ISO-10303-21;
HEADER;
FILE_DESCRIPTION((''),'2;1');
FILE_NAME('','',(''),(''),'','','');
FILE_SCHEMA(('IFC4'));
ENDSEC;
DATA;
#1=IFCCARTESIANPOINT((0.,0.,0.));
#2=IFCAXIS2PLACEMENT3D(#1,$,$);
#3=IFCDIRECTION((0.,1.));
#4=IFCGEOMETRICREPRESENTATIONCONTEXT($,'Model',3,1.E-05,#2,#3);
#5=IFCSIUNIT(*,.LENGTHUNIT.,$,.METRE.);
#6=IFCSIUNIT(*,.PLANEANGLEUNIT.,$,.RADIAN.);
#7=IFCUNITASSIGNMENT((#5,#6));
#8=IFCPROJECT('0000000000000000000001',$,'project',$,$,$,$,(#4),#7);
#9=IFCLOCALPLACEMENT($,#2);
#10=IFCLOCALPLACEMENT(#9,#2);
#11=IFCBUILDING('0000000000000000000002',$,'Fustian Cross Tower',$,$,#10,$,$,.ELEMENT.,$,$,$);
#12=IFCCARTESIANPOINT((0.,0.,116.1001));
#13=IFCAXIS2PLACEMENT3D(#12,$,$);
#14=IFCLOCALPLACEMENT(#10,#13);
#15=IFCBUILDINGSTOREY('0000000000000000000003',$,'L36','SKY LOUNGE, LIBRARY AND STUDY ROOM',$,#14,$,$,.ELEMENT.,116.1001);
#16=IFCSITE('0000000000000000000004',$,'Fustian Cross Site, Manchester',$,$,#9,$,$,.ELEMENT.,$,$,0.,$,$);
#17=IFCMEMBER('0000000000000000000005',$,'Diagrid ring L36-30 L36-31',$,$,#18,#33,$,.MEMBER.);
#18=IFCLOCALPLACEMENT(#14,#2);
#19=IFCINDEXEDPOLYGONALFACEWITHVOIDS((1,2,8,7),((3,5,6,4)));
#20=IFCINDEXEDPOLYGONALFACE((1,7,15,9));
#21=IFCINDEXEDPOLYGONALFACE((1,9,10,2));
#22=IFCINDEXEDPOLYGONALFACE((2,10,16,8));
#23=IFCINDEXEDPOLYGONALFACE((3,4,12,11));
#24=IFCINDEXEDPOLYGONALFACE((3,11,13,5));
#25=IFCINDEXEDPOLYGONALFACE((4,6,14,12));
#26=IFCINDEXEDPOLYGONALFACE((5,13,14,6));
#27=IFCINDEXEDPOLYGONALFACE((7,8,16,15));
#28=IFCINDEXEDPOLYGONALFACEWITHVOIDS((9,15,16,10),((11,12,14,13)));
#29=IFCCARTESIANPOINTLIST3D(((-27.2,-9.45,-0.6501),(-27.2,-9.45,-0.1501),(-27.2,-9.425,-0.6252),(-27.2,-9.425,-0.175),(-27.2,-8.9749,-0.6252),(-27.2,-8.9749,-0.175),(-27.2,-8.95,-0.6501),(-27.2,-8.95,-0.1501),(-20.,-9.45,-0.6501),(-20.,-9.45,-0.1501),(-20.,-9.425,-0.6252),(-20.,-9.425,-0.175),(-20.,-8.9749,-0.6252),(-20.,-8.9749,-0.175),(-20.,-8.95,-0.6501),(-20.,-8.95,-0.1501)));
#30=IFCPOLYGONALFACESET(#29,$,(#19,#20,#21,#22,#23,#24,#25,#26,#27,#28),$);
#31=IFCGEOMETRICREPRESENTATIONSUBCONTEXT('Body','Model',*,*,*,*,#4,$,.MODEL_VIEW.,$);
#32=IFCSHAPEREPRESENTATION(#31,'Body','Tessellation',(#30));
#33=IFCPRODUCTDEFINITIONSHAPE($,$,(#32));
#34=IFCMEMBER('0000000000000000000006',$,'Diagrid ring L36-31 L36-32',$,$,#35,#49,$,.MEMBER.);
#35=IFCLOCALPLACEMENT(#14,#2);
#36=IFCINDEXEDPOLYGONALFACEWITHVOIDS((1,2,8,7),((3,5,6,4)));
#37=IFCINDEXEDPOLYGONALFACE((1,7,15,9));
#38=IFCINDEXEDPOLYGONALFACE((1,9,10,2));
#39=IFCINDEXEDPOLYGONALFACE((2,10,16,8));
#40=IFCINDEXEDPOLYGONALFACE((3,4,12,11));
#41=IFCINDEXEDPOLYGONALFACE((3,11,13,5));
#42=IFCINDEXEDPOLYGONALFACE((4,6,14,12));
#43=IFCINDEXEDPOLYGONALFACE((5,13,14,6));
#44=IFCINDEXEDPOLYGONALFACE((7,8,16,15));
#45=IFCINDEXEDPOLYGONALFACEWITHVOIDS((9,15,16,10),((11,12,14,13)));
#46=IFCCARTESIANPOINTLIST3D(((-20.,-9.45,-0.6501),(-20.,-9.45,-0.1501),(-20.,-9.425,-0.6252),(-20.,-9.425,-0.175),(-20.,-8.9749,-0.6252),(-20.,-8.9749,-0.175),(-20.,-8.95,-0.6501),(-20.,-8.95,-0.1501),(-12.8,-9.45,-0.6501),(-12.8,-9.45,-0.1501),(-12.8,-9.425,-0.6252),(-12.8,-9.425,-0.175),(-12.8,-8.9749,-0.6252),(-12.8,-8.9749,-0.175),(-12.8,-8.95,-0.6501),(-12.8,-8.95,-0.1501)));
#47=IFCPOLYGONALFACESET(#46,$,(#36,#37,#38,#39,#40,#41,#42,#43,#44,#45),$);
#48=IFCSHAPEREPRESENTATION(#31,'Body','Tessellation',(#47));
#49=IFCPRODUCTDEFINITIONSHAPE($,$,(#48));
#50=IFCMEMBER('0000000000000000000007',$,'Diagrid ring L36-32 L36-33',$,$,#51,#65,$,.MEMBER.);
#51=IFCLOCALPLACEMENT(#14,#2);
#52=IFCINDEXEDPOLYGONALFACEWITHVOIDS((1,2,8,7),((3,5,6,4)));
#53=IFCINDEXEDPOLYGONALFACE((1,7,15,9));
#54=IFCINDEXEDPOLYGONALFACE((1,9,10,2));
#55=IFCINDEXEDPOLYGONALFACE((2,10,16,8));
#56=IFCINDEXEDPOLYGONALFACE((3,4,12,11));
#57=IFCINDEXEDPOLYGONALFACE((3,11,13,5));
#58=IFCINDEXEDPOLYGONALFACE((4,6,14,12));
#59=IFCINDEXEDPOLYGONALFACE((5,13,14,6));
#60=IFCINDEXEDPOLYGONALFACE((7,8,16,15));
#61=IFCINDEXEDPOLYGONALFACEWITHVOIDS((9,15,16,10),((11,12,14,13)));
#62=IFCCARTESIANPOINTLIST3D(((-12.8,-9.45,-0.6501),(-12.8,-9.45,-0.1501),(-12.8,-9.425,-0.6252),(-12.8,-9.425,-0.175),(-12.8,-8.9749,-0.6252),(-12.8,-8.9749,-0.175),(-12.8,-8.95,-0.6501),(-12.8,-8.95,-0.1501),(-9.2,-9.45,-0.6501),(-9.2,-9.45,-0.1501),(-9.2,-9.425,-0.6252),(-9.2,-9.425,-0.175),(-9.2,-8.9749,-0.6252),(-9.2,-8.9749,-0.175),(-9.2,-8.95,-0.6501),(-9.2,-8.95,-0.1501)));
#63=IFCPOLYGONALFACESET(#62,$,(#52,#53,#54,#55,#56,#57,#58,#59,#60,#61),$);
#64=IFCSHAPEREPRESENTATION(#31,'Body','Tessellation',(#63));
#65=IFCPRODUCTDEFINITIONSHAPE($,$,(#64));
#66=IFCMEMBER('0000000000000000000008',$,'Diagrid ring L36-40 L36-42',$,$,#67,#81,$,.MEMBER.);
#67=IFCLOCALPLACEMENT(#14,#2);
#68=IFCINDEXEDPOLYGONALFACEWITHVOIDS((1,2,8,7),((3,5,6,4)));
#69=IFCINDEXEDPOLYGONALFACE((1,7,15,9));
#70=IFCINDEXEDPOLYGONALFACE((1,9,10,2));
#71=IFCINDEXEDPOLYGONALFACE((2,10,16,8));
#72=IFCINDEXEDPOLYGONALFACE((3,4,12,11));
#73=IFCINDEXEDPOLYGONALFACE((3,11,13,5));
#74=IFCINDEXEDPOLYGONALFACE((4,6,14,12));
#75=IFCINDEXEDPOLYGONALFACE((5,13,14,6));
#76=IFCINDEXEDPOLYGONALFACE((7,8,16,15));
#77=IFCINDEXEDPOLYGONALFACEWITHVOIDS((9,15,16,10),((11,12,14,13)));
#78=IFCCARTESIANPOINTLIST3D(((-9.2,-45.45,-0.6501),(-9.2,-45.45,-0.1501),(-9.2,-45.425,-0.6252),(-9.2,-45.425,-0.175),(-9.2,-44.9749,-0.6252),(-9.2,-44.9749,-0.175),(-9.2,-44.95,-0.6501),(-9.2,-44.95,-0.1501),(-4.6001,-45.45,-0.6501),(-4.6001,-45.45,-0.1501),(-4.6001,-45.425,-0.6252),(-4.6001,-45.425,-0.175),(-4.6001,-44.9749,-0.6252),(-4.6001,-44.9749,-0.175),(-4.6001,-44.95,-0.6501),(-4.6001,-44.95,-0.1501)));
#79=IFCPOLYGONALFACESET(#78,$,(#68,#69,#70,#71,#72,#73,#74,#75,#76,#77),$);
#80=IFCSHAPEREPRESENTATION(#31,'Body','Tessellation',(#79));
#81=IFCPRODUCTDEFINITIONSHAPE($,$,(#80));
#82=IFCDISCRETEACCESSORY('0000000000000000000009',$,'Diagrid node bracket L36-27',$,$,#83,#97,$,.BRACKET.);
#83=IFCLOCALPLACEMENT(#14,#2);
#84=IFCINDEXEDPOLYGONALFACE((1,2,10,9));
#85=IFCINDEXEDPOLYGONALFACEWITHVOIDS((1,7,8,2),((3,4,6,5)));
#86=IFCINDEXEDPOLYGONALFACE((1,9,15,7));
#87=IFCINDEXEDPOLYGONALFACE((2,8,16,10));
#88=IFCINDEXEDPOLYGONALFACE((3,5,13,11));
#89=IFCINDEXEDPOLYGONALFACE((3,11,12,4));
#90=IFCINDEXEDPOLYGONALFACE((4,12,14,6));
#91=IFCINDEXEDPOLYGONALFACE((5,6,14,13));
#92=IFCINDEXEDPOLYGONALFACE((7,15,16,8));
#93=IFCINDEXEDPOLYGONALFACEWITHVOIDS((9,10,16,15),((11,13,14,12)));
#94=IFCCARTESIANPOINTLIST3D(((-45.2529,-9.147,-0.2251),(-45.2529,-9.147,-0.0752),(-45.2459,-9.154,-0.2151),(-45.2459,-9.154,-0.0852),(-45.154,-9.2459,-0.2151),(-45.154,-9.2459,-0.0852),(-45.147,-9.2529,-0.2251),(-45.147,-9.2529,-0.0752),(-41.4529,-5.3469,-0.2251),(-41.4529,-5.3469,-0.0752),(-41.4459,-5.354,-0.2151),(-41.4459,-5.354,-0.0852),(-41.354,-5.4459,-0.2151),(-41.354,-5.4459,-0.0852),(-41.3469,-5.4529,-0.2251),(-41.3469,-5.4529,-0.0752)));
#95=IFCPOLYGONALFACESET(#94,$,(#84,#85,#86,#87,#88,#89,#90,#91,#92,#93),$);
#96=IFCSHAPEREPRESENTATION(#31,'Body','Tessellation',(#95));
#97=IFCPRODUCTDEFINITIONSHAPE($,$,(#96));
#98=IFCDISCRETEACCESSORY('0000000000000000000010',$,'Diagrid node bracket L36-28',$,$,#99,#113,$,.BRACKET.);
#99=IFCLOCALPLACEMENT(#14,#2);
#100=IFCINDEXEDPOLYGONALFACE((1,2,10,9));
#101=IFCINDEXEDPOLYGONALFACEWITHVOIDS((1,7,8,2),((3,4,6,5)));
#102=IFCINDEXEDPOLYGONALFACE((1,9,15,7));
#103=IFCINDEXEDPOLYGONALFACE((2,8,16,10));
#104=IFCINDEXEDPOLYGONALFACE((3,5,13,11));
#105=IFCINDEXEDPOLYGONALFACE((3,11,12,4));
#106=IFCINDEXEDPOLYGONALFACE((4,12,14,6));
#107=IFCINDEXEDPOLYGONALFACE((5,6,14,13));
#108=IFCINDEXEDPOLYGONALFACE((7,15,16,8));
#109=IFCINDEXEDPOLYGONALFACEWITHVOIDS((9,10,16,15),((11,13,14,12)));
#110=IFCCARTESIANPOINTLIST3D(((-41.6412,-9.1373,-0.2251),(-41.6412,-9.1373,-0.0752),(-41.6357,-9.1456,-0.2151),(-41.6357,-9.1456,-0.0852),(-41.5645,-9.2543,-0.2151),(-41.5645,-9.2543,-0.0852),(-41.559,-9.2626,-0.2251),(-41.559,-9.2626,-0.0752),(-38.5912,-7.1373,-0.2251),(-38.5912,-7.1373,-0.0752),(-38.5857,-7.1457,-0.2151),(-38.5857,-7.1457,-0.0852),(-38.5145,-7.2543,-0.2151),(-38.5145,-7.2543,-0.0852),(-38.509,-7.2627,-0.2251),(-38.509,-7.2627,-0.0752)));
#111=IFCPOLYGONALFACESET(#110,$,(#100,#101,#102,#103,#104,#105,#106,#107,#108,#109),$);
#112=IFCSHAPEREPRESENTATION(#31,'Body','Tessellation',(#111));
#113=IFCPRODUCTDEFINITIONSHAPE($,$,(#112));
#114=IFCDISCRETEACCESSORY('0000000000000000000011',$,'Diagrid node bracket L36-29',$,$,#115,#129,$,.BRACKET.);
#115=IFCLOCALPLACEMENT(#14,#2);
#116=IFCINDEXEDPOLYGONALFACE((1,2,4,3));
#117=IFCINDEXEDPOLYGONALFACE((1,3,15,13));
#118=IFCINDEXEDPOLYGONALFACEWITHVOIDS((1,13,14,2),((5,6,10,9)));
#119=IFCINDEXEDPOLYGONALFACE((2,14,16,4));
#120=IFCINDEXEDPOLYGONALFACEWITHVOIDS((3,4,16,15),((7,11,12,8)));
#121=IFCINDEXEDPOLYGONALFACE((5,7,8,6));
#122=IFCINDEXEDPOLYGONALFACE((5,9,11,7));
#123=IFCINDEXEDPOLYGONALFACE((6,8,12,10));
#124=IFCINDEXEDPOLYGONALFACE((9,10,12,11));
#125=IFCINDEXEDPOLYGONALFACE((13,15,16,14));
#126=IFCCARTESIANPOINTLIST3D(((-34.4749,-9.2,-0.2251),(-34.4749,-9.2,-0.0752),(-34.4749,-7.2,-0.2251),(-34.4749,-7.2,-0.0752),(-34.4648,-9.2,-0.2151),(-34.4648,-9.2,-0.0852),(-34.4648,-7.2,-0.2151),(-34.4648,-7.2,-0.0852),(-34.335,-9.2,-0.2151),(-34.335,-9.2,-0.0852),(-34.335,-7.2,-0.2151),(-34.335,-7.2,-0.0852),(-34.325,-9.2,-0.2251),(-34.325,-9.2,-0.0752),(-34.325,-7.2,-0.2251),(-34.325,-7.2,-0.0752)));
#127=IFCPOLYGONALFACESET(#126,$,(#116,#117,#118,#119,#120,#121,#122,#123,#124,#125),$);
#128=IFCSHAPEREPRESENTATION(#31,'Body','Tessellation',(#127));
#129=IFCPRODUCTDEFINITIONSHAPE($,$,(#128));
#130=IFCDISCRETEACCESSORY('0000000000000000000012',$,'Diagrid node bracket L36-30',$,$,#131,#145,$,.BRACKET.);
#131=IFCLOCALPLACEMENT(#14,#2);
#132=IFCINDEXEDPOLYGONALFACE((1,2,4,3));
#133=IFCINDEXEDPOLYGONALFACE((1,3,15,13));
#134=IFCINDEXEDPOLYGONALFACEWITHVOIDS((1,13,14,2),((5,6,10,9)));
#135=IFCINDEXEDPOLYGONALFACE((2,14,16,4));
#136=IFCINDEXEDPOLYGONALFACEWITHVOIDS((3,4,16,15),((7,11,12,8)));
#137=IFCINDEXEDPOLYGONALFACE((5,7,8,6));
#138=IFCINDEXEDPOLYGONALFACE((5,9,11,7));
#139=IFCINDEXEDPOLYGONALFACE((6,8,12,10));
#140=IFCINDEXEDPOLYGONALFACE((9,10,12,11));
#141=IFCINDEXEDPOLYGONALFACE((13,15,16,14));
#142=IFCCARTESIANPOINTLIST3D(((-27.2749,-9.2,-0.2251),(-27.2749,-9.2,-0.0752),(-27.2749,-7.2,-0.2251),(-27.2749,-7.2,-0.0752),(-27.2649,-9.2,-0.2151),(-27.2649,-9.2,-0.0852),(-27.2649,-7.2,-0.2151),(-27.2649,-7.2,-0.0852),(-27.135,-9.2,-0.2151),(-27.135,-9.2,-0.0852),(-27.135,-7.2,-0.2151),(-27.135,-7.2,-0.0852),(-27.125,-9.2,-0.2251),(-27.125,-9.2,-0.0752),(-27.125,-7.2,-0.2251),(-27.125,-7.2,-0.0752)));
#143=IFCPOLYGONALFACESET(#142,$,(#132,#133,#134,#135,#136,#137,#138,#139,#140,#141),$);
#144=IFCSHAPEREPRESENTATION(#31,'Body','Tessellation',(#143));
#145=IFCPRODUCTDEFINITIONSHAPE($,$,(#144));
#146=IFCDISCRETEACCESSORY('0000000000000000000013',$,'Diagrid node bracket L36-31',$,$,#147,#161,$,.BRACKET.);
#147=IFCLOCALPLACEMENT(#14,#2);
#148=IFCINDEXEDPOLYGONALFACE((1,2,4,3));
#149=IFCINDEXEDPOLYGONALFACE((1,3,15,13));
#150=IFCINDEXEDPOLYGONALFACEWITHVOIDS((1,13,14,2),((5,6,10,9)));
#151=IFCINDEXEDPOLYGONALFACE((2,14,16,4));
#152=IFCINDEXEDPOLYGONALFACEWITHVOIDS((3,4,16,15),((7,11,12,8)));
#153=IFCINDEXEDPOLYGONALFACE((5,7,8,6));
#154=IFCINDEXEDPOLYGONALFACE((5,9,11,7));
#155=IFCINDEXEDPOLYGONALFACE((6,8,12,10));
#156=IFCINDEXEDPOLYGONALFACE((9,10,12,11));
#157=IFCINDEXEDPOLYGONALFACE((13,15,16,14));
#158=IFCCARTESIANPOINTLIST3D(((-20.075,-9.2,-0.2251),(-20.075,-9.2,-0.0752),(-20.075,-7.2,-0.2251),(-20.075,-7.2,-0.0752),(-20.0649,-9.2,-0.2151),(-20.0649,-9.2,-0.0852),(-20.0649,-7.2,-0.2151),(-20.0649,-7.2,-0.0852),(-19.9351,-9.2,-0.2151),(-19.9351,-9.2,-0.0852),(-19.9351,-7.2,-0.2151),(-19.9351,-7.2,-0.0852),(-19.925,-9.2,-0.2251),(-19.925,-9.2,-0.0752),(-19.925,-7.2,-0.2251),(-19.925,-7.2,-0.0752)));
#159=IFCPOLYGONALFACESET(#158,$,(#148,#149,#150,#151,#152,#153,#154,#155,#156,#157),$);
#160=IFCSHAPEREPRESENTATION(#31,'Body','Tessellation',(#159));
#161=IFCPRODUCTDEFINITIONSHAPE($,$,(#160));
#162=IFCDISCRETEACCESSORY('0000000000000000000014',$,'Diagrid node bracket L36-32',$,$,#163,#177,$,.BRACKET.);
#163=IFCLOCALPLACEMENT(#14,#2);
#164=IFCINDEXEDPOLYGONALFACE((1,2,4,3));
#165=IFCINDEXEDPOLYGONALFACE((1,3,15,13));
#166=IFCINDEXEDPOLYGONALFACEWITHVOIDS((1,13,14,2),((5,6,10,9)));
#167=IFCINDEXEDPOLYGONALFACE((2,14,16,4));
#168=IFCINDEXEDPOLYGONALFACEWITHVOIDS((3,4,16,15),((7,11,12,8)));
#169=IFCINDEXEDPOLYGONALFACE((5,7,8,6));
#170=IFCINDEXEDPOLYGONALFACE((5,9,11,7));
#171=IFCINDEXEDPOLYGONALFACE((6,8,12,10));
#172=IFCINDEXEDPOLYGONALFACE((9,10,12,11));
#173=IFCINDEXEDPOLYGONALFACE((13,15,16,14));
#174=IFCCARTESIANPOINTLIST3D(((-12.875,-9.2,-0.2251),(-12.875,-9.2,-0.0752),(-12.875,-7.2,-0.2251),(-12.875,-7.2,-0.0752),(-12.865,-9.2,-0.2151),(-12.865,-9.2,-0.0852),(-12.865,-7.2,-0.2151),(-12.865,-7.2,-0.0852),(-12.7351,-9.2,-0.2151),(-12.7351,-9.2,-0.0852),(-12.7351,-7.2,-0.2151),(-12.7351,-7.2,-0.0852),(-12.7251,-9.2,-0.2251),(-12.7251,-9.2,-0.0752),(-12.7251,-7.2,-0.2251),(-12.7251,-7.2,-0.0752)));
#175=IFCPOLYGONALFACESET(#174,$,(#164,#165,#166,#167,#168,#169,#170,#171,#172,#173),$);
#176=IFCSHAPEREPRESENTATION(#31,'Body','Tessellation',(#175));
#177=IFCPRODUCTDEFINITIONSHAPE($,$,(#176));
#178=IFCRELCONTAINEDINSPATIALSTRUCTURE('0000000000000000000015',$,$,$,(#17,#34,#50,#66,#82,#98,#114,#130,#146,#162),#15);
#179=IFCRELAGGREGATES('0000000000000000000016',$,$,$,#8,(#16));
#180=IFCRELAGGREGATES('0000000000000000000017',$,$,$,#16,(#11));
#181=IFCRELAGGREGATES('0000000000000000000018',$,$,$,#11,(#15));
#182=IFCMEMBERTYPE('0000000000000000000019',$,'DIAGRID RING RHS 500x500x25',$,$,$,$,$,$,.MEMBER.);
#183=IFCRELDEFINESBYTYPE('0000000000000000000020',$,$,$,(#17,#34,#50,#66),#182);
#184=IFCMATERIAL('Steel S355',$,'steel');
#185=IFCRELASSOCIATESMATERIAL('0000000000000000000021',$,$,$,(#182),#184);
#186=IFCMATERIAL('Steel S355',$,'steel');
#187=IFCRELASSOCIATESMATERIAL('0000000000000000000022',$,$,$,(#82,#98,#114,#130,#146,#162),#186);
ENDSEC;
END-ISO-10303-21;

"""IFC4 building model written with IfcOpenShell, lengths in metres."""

from ifc_helpers import new_model, si_unit, direction, frame, origin, origin_2d, place, context, subcontext, project, spatial, hollow_rectangle, extrude, material, material_profile, profile_set, type_object, element, save


model = new_model("IFC4")

# Units and contexts
model_context = context("Model", 3, precision=1e-05, world=origin(), true_north=direction((0.0, 1.0)))
body_context = subcontext(model_context, "Body", "Model", "MODEL_VIEW")
ifc_project = project(units=[si_unit("LENGTHUNIT", "METRE"), si_unit("PLANEANGLEUNIT", "RADIAN")], contexts=[model_context])

# Site, building, storey
site_placement = place(None, origin())
site = spatial("IfcSite", under=ifc_project, at=site_placement, Name="Fustian Cross Site, Manchester", CompositionType="ELEMENT", RefElevation=0.0)
building_placement = place(site_placement, origin())
building = spatial("IfcBuilding", under=site, at=building_placement, Name="Fustian Cross Tower", CompositionType="ELEMENT")
storey_placement = place(building_placement, frame((0.0, 0.0, 116.1001)))
storey = spatial("IfcBuildingStorey", under=building, at=storey_placement, Name="L36", Description="SKY LOUNGE, LIBRARY AND STUDY ROOM", CompositionType="ELEMENT", Elevation=116.1001)

# Members
ifc_material_1 = material(Name="Steel S355", Category="steel")
ifc_material_profile_1 = material_profile(ifc_material_1, hollow_rectangle(XDim=0.5, YDim=0.5, WallThickness=0.0249, at=origin_2d()), Name="RHS 500x500x25")
ifc_profile_set_1 = profile_set([ifc_material_profile_1], Name="Steel S355")
member_type_1 = type_object("IfcMemberType", Name="DIAGRID RING RHS 500x500x25", PredefinedType="MEMBER", material=ifc_profile_set_1)
for number, where, z_axis, x_axis, name in (
    (1, (-27.2, -9.2, -0.4001), (1.0, 0.0, 0.0), (0.0, 1.0, 0.0), "Diagrid ring L36-30 L36-31"),
    (2, (-20.0, -9.2, -0.4001), (1.0, 0.0, 0.0), (0.0, 1.0, 0.0), "Diagrid ring L36-31 L36-32"),
):
    element("IfcMember", number, at=place(storey_placement, frame(where, z_axis=z_axis, x_axis=x_axis)), inside=storey, type_object=member_type_1, Name=name, PredefinedType="MEMBER", context=body_context, shape_type="SweptSolid", body=[
        extrude(hollow_rectangle(XDim=0.5, YDim=0.5, WallThickness=0.0249, at=origin_2d()), origin(), (0.0, 0.0, 1.0), 7.2),
    ])
member_1_placement = place(storey_placement, frame((-12.8, -9.2, -0.4001), z_axis=(1.0, 0.0, 0.0), x_axis=(0.0, 1.0, 0.0)))
element("IfcMember", 3, at=member_1_placement, inside=storey, type_object=member_type_1, Name="Diagrid ring L36-32 L36-33", PredefinedType="MEMBER", context=body_context, shape_type="SweptSolid", body=[
    extrude(hollow_rectangle(XDim=0.5, YDim=0.5, WallThickness=0.0249, at=origin_2d()), origin(), (0.0, 0.0, 1.0), 3.6001),
])
member_2_placement = place(storey_placement, frame((-9.2, -45.2, -0.4001), z_axis=(1.0, 0.0, 0.0), x_axis=(0.0, 1.0, 0.0)))
element("IfcMember", 4, at=member_2_placement, inside=storey, type_object=member_type_1, Name="Diagrid ring L36-40 L36-42", PredefinedType="MEMBER", context=body_context, shape_type="SweptSolid", body=[
    extrude(hollow_rectangle(XDim=0.5, YDim=0.5, WallThickness=0.0249, at=origin_2d()), origin(), (0.0, 0.0, 1.0), 4.5999),
])

# Discrete accessories
ifc_material_2 = material(Name="Steel S355", Category="steel")
discrete_accessory_1_placement = place(storey_placement, frame((-45.2, -9.2, -0.1501), z_axis=(0.707107, 0.707107, 0.0), x_axis=(-0.707107, 0.707107, 0.0)))
element("IfcDiscreteAccessory", 5, at=discrete_accessory_1_placement, inside=storey, material=ifc_material_2, Name="Diagrid node bracket L36-27", PredefinedType="BRACKET", context=body_context, shape_type="SweptSolid", body=[
    extrude(hollow_rectangle(XDim=0.1499, YDim=0.1499, WallThickness=0.01, at=origin_2d()), origin(), (0.0, 0.0, 1.0), 5.374),
])
discrete_accessory_2_placement = place(storey_placement, frame((-41.6001, -9.2, -0.1501), z_axis=(0.836248, 0.548351, 0.0), x_axis=(-0.548351, 0.836248, 0.0)))
element("IfcDiscreteAccessory", 6, at=discrete_accessory_2_placement, inside=storey, material=ifc_material_2, Name="Diagrid node bracket L36-28", PredefinedType="BRACKET", context=body_context, shape_type="SweptSolid", body=[
    extrude(hollow_rectangle(XDim=0.1499, YDim=0.1499, WallThickness=0.01, at=origin_2d()), origin(), (0.0, 0.0, 1.0), 3.6472),
])
for number, where, z_axis, x_axis, name in (
    (7, (-34.3999, -9.2, -0.1501), (0.0, 1.0, 0.0), (-1.0, 0.0, 0.0), "Diagrid node bracket L36-29"),
    (8, (-27.2, -9.2, -0.1501), (0.0, 1.0, 0.0), (-1.0, 0.0, 0.0), "Diagrid node bracket L36-30"),
    (9, (-20.0, -9.2, -0.1501), (0.0, 1.0, 0.0), (-1.0, 0.0, 0.0), "Diagrid node bracket L36-31"),
    (10, (-12.8, -9.2, -0.1501), (0.0, 1.0, 0.0), (-1.0, 0.0, 0.0), "Diagrid node bracket L36-32"),
):
    element("IfcDiscreteAccessory", number, at=place(storey_placement, frame(where, z_axis=z_axis, x_axis=x_axis)), inside=storey, material=ifc_material_2, Name=name, PredefinedType="BRACKET", context=body_context, shape_type="SweptSolid", body=[
        extrude(hollow_rectangle(XDim=0.1499, YDim=0.1499, WallThickness=0.01, at=origin_2d()), origin(), (0.0, 0.0, 1.0), 2.0),
    ])

save(model, "model.ifc")
